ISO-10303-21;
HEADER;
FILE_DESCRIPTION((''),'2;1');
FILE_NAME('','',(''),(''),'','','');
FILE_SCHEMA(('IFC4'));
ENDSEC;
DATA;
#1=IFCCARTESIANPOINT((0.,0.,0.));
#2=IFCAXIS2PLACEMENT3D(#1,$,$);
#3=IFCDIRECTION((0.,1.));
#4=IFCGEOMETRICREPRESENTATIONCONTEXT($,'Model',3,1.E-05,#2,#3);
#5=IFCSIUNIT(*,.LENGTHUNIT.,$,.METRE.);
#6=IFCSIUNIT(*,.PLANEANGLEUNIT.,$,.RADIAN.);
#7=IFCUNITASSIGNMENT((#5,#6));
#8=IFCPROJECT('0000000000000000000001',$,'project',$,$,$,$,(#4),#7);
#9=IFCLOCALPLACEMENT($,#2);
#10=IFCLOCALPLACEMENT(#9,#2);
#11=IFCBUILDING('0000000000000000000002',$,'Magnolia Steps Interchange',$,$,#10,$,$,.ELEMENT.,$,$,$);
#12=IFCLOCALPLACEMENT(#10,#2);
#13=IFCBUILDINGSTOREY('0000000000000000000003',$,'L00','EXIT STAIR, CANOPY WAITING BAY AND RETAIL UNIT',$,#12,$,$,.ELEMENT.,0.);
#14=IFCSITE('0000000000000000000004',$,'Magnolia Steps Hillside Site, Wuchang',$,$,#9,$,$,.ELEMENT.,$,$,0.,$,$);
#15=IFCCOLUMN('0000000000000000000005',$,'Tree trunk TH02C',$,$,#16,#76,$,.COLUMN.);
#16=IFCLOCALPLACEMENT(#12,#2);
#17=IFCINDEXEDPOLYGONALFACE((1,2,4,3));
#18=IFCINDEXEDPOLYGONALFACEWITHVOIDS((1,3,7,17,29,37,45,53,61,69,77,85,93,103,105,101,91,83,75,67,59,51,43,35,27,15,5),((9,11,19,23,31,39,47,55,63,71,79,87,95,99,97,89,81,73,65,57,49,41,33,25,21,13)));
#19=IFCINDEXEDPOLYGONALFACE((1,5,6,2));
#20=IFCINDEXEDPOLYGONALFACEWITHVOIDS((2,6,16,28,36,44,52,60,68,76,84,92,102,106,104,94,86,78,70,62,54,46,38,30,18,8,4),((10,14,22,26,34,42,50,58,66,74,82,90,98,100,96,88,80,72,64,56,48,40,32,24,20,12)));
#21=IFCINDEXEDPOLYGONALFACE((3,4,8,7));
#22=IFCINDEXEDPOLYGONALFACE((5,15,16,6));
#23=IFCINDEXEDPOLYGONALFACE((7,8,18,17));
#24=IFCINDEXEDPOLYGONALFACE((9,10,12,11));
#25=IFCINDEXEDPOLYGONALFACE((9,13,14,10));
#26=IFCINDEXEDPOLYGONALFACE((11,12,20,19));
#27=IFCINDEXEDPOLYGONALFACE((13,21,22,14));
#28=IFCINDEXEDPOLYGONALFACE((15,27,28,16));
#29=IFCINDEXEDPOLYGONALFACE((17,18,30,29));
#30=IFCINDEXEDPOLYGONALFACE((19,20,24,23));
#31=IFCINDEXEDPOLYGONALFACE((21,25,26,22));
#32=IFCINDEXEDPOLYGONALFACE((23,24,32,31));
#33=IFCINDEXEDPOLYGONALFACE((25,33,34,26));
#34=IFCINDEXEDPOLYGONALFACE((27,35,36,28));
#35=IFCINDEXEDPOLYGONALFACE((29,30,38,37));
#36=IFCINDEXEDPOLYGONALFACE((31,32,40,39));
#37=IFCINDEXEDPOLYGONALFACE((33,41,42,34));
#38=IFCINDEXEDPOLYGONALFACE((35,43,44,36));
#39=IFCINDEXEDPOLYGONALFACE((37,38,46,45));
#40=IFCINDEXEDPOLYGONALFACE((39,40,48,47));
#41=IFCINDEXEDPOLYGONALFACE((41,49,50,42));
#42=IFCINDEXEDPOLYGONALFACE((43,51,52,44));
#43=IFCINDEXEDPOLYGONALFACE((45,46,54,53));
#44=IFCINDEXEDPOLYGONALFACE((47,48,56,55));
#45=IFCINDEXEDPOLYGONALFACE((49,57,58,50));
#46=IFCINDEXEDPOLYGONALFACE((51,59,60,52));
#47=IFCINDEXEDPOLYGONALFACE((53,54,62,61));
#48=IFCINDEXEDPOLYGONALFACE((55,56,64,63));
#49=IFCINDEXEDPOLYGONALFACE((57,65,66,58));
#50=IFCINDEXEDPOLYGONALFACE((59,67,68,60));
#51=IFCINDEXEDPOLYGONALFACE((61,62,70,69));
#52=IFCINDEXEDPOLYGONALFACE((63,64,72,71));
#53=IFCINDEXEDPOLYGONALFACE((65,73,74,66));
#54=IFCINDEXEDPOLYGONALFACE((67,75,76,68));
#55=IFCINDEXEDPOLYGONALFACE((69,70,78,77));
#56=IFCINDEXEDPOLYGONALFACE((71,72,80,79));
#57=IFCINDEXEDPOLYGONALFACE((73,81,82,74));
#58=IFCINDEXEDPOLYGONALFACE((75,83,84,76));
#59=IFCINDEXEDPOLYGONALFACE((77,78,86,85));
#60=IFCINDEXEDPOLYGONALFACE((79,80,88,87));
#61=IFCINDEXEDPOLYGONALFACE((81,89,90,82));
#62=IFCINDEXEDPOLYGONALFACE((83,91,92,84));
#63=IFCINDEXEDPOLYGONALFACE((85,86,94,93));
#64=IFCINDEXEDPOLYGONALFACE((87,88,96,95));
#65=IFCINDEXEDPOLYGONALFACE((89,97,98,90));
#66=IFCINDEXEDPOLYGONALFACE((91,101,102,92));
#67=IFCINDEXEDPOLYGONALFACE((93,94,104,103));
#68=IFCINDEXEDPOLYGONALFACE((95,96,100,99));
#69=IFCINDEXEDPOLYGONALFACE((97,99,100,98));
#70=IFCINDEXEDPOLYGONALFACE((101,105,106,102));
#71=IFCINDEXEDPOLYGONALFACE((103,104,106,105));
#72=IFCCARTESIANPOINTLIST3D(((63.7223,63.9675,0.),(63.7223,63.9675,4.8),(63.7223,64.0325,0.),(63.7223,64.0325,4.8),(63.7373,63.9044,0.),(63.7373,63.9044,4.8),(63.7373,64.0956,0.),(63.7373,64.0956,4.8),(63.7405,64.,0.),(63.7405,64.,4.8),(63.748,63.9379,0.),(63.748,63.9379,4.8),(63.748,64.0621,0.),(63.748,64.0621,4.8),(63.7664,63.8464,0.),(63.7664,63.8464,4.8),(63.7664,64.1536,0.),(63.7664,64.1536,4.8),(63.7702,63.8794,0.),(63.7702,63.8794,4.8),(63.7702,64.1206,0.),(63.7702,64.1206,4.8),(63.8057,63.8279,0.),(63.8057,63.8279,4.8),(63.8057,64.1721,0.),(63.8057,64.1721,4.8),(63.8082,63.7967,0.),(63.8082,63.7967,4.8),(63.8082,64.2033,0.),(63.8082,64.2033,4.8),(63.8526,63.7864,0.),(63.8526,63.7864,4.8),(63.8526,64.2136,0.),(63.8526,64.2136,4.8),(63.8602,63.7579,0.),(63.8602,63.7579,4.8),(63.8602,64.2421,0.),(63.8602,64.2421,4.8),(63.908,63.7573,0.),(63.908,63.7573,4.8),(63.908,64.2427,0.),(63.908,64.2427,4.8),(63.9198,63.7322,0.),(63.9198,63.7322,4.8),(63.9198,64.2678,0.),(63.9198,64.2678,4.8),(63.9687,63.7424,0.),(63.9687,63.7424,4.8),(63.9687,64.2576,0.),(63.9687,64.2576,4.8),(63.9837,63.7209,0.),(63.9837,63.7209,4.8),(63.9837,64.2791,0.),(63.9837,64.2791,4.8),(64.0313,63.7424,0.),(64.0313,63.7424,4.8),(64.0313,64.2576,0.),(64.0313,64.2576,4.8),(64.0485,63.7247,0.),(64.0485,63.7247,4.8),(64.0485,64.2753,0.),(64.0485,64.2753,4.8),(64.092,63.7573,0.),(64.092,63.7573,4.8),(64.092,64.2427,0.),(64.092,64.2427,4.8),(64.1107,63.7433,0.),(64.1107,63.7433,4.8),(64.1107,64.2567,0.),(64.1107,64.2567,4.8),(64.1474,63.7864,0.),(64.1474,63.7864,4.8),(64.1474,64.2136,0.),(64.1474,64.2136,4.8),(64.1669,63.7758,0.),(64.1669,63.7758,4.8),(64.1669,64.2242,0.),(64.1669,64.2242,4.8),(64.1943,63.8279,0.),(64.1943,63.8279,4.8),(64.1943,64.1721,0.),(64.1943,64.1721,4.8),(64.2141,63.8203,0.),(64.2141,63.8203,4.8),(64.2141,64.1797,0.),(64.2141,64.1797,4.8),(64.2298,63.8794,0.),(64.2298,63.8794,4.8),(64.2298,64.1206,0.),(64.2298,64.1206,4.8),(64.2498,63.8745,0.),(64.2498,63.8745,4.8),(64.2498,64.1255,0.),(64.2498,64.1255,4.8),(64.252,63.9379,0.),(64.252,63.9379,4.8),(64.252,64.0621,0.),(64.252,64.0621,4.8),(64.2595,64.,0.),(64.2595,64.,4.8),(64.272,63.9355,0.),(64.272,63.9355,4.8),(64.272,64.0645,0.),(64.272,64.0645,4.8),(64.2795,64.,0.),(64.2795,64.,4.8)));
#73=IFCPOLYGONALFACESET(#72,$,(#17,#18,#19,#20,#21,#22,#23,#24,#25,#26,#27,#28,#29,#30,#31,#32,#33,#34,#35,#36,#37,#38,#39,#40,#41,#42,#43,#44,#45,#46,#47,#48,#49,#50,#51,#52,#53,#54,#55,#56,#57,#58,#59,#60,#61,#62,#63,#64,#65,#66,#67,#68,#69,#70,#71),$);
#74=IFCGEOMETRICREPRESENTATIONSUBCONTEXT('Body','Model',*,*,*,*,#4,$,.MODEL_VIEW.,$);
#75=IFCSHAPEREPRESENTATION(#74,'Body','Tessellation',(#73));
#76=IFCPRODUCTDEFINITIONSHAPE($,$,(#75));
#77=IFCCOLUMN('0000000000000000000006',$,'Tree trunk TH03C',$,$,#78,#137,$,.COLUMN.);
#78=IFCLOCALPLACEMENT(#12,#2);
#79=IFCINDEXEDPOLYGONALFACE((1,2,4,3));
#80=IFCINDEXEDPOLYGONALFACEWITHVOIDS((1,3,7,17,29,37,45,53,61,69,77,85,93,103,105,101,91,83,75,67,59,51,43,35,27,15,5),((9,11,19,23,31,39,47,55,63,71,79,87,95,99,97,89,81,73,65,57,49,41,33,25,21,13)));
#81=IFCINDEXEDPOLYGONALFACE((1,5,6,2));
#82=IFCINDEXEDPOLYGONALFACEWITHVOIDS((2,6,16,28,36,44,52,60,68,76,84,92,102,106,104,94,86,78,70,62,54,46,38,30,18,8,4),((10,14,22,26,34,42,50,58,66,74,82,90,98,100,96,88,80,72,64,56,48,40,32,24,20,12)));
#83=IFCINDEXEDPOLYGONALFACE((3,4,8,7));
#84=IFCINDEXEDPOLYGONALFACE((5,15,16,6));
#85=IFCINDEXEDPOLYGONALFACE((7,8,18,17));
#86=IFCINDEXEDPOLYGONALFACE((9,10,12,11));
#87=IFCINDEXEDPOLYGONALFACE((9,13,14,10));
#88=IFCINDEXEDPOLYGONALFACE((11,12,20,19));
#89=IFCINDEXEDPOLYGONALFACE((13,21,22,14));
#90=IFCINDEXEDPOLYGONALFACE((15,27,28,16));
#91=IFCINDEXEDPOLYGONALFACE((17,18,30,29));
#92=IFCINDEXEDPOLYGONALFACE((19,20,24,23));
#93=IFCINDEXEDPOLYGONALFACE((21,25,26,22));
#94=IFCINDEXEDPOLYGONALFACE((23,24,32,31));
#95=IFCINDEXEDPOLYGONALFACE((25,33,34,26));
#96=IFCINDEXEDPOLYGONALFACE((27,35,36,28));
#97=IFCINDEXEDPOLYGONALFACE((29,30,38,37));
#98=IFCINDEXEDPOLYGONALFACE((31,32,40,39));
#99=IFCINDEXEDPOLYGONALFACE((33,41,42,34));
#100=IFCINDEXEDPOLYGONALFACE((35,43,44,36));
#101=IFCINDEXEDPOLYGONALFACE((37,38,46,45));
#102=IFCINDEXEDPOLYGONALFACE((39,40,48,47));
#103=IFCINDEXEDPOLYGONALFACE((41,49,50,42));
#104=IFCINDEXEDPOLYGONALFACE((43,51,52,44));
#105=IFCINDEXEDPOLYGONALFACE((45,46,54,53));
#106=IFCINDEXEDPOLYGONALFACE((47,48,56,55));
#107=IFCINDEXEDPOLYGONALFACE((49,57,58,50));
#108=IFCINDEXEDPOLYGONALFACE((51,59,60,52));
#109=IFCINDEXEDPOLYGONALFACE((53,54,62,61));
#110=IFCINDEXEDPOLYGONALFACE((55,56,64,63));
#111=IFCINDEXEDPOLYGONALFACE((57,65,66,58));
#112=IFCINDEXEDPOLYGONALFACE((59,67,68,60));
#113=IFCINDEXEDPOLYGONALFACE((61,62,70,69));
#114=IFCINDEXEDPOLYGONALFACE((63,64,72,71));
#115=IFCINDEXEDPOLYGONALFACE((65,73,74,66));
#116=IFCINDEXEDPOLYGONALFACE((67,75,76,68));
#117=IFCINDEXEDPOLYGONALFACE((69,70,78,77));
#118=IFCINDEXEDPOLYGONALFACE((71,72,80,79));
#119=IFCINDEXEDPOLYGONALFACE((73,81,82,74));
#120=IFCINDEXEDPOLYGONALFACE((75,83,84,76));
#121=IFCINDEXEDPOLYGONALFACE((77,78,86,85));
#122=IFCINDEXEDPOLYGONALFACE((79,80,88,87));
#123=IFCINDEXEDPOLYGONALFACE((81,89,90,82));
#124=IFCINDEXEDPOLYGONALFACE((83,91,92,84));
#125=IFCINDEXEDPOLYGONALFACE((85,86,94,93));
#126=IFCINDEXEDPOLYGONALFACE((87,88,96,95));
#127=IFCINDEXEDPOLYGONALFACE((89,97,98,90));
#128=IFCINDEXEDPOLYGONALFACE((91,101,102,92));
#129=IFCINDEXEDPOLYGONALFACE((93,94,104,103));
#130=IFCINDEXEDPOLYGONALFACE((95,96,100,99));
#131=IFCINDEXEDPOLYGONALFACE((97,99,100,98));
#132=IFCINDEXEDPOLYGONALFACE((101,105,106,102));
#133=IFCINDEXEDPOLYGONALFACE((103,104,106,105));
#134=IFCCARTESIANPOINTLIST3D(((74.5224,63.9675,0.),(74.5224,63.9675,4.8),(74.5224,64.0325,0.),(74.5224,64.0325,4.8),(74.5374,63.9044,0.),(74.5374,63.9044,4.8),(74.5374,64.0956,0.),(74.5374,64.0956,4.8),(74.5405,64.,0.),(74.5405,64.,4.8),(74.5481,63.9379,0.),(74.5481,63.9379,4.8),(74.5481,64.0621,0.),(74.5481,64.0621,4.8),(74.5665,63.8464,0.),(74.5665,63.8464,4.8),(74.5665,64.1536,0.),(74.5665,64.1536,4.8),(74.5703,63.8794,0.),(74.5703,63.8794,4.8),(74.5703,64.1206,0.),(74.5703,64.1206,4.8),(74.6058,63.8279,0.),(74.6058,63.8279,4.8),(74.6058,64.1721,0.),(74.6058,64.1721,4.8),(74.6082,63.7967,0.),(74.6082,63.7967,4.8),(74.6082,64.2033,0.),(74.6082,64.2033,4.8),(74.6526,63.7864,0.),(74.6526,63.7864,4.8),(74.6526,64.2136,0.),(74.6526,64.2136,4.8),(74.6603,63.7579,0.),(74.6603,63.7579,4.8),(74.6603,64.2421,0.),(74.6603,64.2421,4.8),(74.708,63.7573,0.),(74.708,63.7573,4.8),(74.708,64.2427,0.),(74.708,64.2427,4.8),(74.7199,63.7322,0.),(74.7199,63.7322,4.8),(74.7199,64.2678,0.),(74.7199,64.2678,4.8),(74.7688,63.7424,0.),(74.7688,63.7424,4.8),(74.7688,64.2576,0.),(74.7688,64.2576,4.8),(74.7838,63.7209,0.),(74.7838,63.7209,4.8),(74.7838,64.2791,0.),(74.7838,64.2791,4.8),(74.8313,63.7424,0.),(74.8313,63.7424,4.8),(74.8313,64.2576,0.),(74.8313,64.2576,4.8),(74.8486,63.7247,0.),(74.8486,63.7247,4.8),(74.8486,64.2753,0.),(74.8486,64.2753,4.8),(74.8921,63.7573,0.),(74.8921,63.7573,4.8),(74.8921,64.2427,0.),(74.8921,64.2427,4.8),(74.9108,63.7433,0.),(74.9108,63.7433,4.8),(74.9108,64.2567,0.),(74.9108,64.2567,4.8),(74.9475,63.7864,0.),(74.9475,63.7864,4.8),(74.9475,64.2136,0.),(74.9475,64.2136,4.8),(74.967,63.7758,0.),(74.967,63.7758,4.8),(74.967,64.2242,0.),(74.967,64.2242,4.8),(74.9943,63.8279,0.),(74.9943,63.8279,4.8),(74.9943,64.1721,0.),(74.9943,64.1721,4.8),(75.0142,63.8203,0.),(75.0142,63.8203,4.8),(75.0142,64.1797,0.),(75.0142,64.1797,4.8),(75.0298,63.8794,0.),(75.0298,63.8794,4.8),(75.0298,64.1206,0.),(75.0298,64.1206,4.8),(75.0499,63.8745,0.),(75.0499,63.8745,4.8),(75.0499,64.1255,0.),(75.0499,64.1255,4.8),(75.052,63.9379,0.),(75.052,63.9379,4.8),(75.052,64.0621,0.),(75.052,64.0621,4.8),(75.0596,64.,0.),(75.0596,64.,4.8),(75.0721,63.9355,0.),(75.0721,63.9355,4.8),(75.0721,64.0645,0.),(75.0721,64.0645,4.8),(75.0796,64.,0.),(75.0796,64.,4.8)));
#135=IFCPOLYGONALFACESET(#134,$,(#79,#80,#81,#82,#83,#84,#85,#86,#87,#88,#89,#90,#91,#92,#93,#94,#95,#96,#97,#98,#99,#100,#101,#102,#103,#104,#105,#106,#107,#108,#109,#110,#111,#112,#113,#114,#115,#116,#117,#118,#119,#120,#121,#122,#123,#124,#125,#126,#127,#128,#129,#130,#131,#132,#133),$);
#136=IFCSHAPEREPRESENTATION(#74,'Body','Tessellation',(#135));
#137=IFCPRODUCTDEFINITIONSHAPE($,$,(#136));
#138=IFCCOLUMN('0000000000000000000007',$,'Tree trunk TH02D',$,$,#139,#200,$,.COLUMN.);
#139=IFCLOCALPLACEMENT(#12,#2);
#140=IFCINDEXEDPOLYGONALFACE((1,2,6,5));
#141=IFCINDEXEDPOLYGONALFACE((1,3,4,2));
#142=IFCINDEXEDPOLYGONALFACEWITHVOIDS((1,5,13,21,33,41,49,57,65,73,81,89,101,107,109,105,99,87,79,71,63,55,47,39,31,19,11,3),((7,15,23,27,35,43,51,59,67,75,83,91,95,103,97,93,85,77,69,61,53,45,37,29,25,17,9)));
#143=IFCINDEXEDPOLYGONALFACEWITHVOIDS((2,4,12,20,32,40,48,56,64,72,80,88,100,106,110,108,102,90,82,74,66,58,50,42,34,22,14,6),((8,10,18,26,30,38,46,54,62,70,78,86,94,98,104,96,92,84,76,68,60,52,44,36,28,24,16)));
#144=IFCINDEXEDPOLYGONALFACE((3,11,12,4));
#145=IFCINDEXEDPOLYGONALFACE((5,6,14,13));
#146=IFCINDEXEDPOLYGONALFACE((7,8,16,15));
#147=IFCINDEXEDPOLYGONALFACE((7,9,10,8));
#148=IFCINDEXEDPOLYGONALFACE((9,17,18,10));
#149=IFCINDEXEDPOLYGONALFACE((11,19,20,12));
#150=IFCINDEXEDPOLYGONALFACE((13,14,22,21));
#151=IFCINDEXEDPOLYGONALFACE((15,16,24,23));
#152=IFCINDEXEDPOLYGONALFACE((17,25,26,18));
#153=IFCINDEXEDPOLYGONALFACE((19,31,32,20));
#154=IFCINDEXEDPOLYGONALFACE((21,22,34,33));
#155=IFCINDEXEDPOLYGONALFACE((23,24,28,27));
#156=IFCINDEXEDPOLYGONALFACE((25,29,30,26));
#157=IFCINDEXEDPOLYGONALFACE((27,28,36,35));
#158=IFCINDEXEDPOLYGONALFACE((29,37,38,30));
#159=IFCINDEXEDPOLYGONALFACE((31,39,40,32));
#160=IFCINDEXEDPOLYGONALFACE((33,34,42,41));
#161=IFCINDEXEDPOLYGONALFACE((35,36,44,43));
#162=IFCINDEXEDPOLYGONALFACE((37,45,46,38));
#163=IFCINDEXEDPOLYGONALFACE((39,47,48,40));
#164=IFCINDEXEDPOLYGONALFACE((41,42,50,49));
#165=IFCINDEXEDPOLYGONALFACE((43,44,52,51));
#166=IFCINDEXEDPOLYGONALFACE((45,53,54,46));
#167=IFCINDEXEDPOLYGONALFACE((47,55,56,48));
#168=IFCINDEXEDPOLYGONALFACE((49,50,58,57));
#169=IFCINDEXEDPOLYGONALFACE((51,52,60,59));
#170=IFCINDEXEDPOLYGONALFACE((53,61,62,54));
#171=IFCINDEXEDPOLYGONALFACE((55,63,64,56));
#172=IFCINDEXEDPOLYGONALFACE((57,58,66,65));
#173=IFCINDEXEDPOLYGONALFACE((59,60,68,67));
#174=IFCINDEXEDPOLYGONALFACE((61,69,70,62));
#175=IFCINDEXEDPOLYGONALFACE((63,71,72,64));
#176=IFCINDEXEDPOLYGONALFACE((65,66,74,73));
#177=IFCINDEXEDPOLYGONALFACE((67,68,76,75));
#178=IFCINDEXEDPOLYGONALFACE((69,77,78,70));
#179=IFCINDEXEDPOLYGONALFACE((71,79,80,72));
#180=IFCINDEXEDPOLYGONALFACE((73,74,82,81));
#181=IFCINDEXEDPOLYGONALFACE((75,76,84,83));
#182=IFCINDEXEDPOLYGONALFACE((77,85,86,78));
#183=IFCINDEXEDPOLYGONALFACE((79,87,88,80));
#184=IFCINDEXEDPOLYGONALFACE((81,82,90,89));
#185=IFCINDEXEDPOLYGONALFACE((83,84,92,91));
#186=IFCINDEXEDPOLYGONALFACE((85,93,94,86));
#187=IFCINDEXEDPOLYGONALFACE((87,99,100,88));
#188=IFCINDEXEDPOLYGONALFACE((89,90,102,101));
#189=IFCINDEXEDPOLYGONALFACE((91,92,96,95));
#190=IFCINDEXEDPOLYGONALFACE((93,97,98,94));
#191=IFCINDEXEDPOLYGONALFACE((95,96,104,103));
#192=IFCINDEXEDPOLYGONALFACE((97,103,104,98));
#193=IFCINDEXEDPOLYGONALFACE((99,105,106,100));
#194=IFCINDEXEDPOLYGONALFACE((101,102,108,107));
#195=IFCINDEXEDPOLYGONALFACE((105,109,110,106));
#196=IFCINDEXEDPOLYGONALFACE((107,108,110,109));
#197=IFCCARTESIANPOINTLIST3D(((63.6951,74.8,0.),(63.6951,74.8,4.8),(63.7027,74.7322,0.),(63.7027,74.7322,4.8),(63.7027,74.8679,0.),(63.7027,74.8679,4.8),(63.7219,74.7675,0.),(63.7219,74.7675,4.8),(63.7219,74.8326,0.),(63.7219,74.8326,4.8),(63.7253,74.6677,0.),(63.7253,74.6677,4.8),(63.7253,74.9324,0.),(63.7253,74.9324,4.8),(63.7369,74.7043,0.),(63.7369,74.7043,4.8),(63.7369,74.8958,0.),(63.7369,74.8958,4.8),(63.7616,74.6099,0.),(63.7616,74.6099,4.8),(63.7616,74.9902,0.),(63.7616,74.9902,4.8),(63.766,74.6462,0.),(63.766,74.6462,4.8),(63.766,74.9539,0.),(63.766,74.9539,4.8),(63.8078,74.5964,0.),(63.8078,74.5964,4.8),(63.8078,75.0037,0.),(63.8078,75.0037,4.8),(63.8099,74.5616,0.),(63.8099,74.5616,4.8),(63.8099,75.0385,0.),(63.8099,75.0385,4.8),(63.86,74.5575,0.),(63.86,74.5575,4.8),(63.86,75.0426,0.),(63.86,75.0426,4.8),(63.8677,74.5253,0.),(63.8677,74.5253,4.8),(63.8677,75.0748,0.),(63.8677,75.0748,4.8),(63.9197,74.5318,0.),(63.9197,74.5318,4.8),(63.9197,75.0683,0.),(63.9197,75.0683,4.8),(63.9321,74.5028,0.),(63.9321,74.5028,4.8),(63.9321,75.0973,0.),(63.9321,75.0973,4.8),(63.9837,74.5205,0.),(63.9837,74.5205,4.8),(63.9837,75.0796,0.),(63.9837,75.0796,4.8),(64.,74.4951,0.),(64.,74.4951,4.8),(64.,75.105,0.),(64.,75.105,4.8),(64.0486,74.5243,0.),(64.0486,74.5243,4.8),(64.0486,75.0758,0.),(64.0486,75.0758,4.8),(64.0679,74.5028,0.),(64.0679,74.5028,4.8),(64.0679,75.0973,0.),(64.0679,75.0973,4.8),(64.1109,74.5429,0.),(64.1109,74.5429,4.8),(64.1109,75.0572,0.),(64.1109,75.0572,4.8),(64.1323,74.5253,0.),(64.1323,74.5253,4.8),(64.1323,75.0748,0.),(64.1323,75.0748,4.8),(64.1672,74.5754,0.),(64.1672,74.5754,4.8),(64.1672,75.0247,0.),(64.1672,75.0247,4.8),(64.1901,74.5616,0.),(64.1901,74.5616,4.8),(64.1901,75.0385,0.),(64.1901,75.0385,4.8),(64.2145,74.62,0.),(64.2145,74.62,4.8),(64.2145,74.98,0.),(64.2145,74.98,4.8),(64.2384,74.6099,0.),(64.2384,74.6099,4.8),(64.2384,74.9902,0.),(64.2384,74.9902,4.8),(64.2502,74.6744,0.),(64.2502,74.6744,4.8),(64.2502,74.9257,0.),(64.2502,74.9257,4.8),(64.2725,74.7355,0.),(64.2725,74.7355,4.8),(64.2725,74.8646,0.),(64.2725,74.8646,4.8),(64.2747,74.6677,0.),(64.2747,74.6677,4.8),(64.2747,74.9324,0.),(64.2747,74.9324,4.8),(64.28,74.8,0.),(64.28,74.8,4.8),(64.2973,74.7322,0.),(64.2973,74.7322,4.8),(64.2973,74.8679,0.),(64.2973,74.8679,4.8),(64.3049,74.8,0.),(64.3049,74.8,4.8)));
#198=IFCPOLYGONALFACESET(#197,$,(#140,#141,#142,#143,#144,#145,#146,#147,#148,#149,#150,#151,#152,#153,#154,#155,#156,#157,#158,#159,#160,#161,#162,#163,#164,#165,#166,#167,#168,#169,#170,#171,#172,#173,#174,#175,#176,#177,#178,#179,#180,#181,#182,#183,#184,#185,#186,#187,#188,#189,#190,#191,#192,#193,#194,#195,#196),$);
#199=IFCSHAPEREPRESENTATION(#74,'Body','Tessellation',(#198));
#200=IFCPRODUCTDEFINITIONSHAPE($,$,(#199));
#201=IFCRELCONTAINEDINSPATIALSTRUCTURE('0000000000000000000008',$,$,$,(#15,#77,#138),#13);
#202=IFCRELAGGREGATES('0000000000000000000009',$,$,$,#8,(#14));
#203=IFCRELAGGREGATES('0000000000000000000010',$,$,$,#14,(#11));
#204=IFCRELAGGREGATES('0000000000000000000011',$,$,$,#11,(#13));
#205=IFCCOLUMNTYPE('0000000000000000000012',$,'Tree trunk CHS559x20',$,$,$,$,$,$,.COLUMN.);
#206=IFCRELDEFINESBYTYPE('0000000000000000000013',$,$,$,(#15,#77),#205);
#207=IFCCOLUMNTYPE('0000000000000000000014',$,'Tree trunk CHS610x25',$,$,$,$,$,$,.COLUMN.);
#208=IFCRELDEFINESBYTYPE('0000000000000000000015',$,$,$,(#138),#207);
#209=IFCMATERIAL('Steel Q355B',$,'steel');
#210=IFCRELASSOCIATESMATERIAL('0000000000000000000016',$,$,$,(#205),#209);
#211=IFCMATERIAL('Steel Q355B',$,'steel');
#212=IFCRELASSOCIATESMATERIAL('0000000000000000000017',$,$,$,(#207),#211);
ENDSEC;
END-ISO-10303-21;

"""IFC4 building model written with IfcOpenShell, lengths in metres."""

from ifc_helpers import new_model, si_unit, direction, frame, origin, origin_2d, place, context, subcontext, project, spatial, hollow_circle, extrude, material, material_profile, profile_set, type_object, element, save


model = new_model("IFC4")

# Units and contexts
model_context = context("Model", 3, precision=1e-05, world=origin(), true_north=direction((0.0, 1.0)))
body_context = subcontext(model_context, "Body", "Model", "MODEL_VIEW")
ifc_project = project(units=[si_unit("LENGTHUNIT", "METRE"), si_unit("PLANEANGLEUNIT", "RADIAN")], contexts=[model_context])

# Site, building, storey
site_placement = place(None, origin())
site = spatial("IfcSite", under=ifc_project, at=site_placement, Name="Magnolia Steps Hillside Site, Wuchang", CompositionType="ELEMENT", RefElevation=0.0)
building_placement = place(site_placement, origin())
building = spatial("IfcBuilding", under=site, at=building_placement, Name="Magnolia Steps Interchange", CompositionType="ELEMENT")
storey_placement = place(building_placement, origin())
storey = spatial("IfcBuildingStorey", under=building, at=storey_placement, Name="L00", Description="EXIT STAIR, CANOPY WAITING BAY AND RETAIL UNIT", CompositionType="ELEMENT", Elevation=0.0)

# Columns
ifc_material_1 = material(Name="Steel Q355B", Category="steel")
ifc_material_profile_1 = material_profile(ifc_material_1, hollow_circle(Radius=0.2795, WallThickness=0.02, at=origin_2d()), Name="CHS559x20")
ifc_profile_set_1 = profile_set([ifc_material_profile_1], Name="Steel Q355B")
column_type_1 = type_object("IfcColumnType", Name="Tree trunk CHS559x20", PredefinedType="COLUMN", material=ifc_profile_set_1)
for number, where, z_axis, x_axis, name in (
    (1, (64.0, 64.0, 0.0), (0.0, 0.0, 1.0), (1.0, 0.0, 0.0), "Tree trunk TH02C"),
    (2, (74.8, 64.0, 0.0), (0.0, 0.0, 1.0), (1.0, 0.0, 0.0), "Tree trunk TH03C"),
):
    element("IfcColumn", number, at=place(storey_placement, frame(where, z_axis=z_axis, x_axis=x_axis)), inside=storey, type_object=column_type_1, Name=name, PredefinedType="COLUMN", context=body_context, shape_type="SweptSolid", body=[
        extrude(hollow_circle(Radius=0.2795, WallThickness=0.02, at=origin_2d()), origin(), (0.0, 0.0, 1.0), 4.8),
    ])
ifc_material_2 = material(Name="Steel Q355B", Category="steel")
ifc_material_profile_2 = material_profile(ifc_material_2, hollow_circle(Radius=0.3049, WallThickness=0.0249, at=origin_2d()), Name="CHS610x25")
ifc_profile_set_2 = profile_set([ifc_material_profile_2], Name="Steel Q355B")
column_type_2 = type_object("IfcColumnType", Name="Tree trunk CHS610x25", PredefinedType="COLUMN", material=ifc_profile_set_2)
for number, where, z_axis, x_axis, name in (
    (3, (64.0, 74.8, 0.0), (0.0, 0.0, 1.0), (1.0, 0.0, 0.0), "Tree trunk TH02D"),
):
    element("IfcColumn", number, at=place(storey_placement, frame(where, z_axis=z_axis, x_axis=x_axis)), inside=storey, type_object=column_type_2, Name=name, PredefinedType="COLUMN", context=body_context, shape_type="SweptSolid", body=[
        extrude(hollow_circle(Radius=0.3049, WallThickness=0.0249, at=origin_2d()), origin(), (0.0, 0.0, 1.0), 4.8),
    ])

save(model, "model.ifc")
